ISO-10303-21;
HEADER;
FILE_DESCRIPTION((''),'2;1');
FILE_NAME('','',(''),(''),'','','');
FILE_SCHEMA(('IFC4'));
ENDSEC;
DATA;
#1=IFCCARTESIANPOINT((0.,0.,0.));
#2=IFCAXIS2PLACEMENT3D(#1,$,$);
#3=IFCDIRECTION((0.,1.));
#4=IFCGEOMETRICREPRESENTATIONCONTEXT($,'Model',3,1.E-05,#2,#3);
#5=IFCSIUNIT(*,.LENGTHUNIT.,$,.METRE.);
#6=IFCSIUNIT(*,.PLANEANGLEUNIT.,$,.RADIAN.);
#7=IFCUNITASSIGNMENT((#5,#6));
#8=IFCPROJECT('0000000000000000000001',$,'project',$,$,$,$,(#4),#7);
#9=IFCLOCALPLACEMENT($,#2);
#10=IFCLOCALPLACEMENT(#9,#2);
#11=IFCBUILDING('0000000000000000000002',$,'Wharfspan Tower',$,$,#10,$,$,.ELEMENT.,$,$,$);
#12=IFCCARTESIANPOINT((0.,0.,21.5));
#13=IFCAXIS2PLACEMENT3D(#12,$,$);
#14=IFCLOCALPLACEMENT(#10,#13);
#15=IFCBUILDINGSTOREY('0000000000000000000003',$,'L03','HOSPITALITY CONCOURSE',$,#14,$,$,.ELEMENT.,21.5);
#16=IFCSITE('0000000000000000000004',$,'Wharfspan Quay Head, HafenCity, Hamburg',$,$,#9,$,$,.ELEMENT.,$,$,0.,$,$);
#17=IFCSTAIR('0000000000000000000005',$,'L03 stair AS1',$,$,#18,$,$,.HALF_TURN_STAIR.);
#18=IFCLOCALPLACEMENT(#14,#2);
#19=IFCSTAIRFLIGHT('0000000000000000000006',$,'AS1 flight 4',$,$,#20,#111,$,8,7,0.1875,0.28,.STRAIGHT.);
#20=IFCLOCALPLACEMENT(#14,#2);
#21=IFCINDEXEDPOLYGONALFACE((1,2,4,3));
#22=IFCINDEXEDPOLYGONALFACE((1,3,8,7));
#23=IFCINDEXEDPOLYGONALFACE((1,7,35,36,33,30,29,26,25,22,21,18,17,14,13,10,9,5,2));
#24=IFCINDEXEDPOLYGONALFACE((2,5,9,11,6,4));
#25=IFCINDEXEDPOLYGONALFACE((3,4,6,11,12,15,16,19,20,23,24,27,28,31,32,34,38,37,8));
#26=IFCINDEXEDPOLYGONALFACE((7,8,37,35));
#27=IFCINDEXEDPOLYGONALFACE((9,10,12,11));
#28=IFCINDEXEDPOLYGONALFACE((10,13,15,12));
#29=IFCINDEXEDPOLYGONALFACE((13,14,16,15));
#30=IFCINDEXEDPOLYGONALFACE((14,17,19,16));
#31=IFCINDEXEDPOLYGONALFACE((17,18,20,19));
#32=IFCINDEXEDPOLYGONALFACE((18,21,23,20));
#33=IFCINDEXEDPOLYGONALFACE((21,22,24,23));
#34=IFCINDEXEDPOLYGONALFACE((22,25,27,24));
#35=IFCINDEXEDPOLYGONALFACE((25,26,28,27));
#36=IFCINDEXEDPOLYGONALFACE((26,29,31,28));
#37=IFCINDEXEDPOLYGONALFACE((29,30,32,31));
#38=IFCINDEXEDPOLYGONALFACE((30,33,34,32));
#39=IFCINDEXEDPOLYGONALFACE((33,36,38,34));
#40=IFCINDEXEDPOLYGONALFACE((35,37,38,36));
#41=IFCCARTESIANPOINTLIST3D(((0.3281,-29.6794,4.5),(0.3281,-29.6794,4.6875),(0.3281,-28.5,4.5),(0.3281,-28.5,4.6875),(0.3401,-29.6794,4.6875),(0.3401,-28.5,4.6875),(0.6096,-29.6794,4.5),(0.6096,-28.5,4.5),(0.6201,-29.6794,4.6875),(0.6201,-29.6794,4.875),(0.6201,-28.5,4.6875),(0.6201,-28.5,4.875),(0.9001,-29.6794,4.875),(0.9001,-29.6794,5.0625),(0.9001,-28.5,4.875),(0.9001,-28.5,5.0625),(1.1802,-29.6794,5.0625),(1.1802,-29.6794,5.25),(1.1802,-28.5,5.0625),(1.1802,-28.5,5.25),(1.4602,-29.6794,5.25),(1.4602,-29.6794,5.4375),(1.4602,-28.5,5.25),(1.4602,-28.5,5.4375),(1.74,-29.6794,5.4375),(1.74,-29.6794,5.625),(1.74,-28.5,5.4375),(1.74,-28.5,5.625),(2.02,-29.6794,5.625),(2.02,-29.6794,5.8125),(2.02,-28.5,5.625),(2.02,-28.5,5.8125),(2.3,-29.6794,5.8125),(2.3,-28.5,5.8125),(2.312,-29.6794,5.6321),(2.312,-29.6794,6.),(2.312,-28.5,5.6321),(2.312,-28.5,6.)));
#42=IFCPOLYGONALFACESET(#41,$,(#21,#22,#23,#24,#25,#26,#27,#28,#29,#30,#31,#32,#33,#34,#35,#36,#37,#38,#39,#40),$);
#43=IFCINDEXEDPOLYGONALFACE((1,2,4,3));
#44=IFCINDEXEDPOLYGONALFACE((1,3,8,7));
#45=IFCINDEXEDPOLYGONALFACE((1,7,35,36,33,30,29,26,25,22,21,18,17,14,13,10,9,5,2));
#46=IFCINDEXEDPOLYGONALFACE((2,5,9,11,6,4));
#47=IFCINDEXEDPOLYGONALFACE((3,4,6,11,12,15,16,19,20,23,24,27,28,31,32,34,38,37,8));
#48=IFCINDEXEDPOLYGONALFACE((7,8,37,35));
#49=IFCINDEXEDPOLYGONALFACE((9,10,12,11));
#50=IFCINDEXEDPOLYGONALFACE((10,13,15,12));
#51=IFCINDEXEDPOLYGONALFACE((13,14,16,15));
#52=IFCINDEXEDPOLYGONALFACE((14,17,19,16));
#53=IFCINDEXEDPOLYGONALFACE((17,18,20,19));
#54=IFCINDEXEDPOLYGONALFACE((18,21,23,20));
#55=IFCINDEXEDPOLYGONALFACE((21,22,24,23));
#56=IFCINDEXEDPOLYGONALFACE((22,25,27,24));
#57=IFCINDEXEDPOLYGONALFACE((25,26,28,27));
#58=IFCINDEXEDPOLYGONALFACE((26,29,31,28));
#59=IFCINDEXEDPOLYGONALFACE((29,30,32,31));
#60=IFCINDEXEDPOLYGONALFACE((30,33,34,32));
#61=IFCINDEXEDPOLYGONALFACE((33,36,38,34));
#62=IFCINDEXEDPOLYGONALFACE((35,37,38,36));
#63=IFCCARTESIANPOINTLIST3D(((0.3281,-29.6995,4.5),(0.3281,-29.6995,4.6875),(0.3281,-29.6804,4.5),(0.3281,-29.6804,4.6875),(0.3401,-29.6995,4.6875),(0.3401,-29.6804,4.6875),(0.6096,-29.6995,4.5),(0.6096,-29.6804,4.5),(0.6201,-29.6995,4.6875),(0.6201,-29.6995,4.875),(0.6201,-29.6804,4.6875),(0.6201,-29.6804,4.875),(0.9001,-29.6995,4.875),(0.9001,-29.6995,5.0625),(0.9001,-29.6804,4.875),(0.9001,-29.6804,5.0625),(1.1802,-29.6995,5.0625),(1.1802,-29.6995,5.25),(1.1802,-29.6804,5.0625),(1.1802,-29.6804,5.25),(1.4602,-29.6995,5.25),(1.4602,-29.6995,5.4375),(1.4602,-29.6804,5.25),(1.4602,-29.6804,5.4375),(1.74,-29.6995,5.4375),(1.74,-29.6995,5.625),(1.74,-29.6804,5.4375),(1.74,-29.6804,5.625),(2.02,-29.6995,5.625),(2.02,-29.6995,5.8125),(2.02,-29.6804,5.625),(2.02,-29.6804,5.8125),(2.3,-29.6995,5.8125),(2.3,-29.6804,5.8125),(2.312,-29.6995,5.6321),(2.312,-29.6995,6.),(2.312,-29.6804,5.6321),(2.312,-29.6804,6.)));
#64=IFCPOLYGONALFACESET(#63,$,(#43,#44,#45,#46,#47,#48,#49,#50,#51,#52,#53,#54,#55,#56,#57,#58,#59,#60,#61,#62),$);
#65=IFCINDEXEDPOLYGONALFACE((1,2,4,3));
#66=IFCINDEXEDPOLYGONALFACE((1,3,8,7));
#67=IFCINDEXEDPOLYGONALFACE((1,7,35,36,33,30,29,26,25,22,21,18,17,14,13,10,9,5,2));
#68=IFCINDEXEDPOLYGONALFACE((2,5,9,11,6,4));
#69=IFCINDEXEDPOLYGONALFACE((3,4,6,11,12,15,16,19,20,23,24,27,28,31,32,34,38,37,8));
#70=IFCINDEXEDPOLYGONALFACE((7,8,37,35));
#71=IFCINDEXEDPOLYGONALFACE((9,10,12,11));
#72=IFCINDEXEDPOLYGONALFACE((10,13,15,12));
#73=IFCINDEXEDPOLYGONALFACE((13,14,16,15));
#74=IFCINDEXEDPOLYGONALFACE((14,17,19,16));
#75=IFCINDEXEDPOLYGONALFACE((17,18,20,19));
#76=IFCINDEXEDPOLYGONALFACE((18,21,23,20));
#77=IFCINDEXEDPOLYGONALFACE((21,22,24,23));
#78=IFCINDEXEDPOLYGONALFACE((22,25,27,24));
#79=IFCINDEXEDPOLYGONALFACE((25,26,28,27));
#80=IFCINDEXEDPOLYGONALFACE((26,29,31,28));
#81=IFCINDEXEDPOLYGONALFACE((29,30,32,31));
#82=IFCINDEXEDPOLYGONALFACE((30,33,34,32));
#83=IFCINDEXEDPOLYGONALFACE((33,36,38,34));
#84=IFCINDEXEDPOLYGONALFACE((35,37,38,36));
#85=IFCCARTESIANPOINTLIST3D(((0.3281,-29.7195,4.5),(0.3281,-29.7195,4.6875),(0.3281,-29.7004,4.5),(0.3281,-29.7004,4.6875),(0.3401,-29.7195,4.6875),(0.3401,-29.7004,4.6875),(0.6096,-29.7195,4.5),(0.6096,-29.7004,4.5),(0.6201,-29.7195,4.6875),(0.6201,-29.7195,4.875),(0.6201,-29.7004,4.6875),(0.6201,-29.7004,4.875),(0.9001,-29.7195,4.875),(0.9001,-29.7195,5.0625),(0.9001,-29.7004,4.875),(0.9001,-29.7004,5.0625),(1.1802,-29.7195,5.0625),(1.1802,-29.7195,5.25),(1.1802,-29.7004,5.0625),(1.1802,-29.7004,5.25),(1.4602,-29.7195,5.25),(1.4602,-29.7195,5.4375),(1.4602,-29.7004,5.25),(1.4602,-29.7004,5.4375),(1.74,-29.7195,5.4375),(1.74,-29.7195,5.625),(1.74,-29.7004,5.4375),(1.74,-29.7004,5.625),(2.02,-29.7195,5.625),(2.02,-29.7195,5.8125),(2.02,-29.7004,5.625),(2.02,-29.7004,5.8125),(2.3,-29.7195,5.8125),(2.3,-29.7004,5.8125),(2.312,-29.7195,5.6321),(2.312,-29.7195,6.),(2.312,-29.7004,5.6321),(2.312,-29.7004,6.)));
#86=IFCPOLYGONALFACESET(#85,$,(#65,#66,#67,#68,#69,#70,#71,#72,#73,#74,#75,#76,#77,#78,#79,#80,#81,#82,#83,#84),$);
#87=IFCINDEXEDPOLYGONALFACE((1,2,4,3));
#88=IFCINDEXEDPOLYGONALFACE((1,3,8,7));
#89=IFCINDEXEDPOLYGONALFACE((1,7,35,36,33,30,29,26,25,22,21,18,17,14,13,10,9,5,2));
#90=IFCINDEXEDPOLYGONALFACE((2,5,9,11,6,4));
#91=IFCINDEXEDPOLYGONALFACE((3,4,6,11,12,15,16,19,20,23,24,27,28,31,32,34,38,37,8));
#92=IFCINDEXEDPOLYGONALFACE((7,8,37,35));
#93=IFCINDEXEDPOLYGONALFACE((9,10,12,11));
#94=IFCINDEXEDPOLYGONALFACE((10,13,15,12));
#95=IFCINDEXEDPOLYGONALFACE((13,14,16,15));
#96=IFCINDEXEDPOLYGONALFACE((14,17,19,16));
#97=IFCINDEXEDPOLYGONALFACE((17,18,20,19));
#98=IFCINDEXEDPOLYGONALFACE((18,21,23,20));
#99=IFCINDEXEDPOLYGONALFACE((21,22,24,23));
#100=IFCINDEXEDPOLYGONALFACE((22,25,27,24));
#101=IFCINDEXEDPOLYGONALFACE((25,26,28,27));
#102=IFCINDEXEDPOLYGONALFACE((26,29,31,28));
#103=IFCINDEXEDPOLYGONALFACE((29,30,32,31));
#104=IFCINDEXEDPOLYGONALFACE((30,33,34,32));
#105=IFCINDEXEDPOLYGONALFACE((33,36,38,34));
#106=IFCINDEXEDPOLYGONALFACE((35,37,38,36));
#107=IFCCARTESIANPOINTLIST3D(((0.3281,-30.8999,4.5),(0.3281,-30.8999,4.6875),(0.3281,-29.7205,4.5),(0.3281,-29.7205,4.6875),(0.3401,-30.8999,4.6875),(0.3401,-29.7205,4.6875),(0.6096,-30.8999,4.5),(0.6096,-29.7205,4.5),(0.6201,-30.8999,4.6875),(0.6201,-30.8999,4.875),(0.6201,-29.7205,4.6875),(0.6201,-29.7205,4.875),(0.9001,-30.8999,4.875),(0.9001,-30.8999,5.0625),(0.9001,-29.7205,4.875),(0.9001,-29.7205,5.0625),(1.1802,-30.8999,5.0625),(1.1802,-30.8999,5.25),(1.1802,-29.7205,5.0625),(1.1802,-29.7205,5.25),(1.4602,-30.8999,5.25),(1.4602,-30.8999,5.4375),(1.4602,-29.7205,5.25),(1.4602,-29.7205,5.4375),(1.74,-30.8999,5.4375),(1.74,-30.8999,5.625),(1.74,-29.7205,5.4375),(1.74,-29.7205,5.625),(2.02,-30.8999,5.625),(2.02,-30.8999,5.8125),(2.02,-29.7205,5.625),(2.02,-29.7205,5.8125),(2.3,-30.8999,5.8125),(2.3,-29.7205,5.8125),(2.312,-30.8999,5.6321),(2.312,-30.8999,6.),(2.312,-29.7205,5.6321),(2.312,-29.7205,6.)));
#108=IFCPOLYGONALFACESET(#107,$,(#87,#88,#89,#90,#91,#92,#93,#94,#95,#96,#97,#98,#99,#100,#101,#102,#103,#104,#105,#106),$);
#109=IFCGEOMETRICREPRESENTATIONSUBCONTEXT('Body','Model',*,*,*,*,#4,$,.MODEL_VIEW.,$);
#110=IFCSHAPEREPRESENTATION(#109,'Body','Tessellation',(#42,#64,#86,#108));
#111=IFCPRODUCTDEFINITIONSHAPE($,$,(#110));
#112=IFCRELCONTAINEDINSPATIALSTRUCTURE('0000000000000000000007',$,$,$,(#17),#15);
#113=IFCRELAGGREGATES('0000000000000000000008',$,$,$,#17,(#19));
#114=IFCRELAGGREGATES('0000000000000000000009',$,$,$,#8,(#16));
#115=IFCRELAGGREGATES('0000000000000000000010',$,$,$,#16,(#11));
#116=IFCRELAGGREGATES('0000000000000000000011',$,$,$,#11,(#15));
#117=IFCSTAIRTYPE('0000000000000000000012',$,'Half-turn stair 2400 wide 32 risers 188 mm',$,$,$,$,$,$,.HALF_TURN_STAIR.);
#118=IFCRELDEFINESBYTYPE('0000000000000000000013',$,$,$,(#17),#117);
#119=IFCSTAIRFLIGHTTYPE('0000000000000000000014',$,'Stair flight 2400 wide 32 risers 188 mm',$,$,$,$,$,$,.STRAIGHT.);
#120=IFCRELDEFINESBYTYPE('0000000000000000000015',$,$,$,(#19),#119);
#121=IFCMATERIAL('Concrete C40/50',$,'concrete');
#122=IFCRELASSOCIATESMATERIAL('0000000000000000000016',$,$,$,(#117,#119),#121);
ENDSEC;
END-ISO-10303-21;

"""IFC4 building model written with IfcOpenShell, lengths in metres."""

from ifc_helpers import new_model, si_unit, direction, frame, origin, place, context, subcontext, project, spatial, polyline, outline, extrude, material, type_object, element, aggregate, save


model = new_model("IFC4")

# Units and contexts
model_context = context("Model", 3, precision=1e-05, world=origin(), true_north=direction((0.0, 1.0)))
body_context = subcontext(model_context, "Body", "Model", "MODEL_VIEW")
ifc_project = project(units=[si_unit("LENGTHUNIT", "METRE"), si_unit("PLANEANGLEUNIT", "RADIAN")], contexts=[model_context])

# Site, building, storey
site_placement = place(None, origin())
site = spatial("IfcSite", under=ifc_project, at=site_placement, Name="Wharfspan Quay Head, HafenCity, Hamburg", CompositionType="ELEMENT", RefElevation=0.0)
building_placement = place(site_placement, origin())
building = spatial("IfcBuilding", under=site, at=building_placement, Name="Wharfspan Tower", CompositionType="ELEMENT")
storey_placement = place(building_placement, frame((0.0, 0.0, 21.5)))
storey = spatial("IfcBuildingStorey", under=building, at=storey_placement, Name="L03", Description="HOSPITALITY CONCOURSE", CompositionType="ELEMENT", Elevation=21.5)

# Shared definitions
ifc_material_1 = material(Name="Concrete C40/50", Category="concrete")
stair_type = type_object("IfcStairType", Name="Half-turn stair 2400 wide 32 risers 188 mm", PredefinedType="HALF_TURN_STAIR", material=ifc_material_1)

# Stair, stair flight
stair_1_placement = place(storey_placement, origin())
stair_1 = element("IfcStair", 1, at=stair_1_placement, inside=storey, type_object=stair_type, Name="L03 stair AS1", PredefinedType="HALF_TURN_STAIR")
stair_flight_type = type_object("IfcStairFlightType", Name="Stair flight 2400 wide 32 risers 188 mm", PredefinedType="STRAIGHT", material=ifc_material_1)
stair_flight_1_placement = place(storey_placement, frame((0.3401, -29.7, 4.5), z_axis=(0.0, 0.0, 1.0), x_axis=(1.0, 0.0, 0.0)))
stair_flight_1 = element("IfcStairFlight", 2, at=stair_flight_1_placement, type_object=stair_flight_type, Name="AS1 flight 4", NumberOfRisers=8, NumberOfTreads=7, PredefinedType="STRAIGHT", RiserHeight=0.1875, TreadLength=0.28, context=body_context, shape_type="SweptSolid", body=[
    extrude(outline(polyline([(-0.012, 0.0), (-0.012, 0.1875), (0.0, 0.1875), (0.28, 0.1875), (0.28, 0.375), (0.5601, 0.375), (0.5601, 0.5625), (0.8401, 0.5625), (0.8401, 0.75), (1.1201, 0.75), (1.1201, 0.9375), (1.3999, 0.9375), (1.3999, 1.125), (1.6799, 1.125), (1.6799, 1.3125), (1.96, 1.3125), (1.9719, 1.5), (1.9719, 1.1321), (0.2695, 0.0), (-0.012, 0.0)])), frame((0.0, 1.2, 0.0), z_axis=(0.0, -1.0, 0.0), x_axis=(1.0, 0.0, 0.0)), (0.0, 0.0, 1.0), 1.1794),
    extrude(outline(polyline([(-0.012, 0.0), (-0.012, 0.1875), (0.0, 0.1875), (0.28, 0.1875), (0.28, 0.375), (0.5601, 0.375), (0.5601, 0.5625), (0.8401, 0.5625), (0.8401, 0.75), (1.1201, 0.75), (1.1201, 0.9375), (1.3999, 0.9375), (1.3999, 1.125), (1.6799, 1.125), (1.6799, 1.3125), (1.96, 1.3125), (1.9719, 1.5), (1.9719, 1.1321), (0.2695, 0.0), (-0.012, 0.0)])), frame((0.0, 0.0195, 0.0), z_axis=(0.0, -1.0, 0.0), x_axis=(1.0, 0.0, 0.0)), (0.0, 0.0, 1.0), 0.019),
    extrude(outline(polyline([(-0.012, 0.0), (-0.012, 0.1875), (0.0, 0.1875), (0.28, 0.1875), (0.28, 0.375), (0.5601, 0.375), (0.5601, 0.5625), (0.8401, 0.5625), (0.8401, 0.75), (1.1201, 0.75), (1.1201, 0.9375), (1.3999, 0.9375), (1.3999, 1.125), (1.6799, 1.125), (1.6799, 1.3125), (1.96, 1.3125), (1.9719, 1.5), (1.9719, 1.1321), (0.2695, 0.0), (-0.012, 0.0)])), frame((0.0, -0.0005, 0.0), z_axis=(0.0, -1.0, 0.0), x_axis=(1.0, 0.0, 0.0)), (0.0, 0.0, 1.0), 0.019),
    extrude(outline(polyline([(-0.012, 0.0), (-0.012, 0.1875), (0.0, 0.1875), (0.28, 0.1875), (0.28, 0.375), (0.5601, 0.375), (0.5601, 0.5625), (0.8401, 0.5625), (0.8401, 0.75), (1.1201, 0.75), (1.1201, 0.9375), (1.3999, 0.9375), (1.3999, 1.125), (1.6799, 1.125), (1.6799, 1.3125), (1.96, 1.3125), (1.9719, 1.5), (1.9719, 1.1321), (0.2695, 0.0), (-0.012, 0.0)])), frame((0.0, -0.0205, 0.0), z_axis=(0.0, -1.0, 0.0), x_axis=(1.0, 0.0, 0.0)), (0.0, 0.0, 1.0), 1.1794),
])
aggregate(stair_1, [stair_flight_1])

save(model, "model.ifc")
